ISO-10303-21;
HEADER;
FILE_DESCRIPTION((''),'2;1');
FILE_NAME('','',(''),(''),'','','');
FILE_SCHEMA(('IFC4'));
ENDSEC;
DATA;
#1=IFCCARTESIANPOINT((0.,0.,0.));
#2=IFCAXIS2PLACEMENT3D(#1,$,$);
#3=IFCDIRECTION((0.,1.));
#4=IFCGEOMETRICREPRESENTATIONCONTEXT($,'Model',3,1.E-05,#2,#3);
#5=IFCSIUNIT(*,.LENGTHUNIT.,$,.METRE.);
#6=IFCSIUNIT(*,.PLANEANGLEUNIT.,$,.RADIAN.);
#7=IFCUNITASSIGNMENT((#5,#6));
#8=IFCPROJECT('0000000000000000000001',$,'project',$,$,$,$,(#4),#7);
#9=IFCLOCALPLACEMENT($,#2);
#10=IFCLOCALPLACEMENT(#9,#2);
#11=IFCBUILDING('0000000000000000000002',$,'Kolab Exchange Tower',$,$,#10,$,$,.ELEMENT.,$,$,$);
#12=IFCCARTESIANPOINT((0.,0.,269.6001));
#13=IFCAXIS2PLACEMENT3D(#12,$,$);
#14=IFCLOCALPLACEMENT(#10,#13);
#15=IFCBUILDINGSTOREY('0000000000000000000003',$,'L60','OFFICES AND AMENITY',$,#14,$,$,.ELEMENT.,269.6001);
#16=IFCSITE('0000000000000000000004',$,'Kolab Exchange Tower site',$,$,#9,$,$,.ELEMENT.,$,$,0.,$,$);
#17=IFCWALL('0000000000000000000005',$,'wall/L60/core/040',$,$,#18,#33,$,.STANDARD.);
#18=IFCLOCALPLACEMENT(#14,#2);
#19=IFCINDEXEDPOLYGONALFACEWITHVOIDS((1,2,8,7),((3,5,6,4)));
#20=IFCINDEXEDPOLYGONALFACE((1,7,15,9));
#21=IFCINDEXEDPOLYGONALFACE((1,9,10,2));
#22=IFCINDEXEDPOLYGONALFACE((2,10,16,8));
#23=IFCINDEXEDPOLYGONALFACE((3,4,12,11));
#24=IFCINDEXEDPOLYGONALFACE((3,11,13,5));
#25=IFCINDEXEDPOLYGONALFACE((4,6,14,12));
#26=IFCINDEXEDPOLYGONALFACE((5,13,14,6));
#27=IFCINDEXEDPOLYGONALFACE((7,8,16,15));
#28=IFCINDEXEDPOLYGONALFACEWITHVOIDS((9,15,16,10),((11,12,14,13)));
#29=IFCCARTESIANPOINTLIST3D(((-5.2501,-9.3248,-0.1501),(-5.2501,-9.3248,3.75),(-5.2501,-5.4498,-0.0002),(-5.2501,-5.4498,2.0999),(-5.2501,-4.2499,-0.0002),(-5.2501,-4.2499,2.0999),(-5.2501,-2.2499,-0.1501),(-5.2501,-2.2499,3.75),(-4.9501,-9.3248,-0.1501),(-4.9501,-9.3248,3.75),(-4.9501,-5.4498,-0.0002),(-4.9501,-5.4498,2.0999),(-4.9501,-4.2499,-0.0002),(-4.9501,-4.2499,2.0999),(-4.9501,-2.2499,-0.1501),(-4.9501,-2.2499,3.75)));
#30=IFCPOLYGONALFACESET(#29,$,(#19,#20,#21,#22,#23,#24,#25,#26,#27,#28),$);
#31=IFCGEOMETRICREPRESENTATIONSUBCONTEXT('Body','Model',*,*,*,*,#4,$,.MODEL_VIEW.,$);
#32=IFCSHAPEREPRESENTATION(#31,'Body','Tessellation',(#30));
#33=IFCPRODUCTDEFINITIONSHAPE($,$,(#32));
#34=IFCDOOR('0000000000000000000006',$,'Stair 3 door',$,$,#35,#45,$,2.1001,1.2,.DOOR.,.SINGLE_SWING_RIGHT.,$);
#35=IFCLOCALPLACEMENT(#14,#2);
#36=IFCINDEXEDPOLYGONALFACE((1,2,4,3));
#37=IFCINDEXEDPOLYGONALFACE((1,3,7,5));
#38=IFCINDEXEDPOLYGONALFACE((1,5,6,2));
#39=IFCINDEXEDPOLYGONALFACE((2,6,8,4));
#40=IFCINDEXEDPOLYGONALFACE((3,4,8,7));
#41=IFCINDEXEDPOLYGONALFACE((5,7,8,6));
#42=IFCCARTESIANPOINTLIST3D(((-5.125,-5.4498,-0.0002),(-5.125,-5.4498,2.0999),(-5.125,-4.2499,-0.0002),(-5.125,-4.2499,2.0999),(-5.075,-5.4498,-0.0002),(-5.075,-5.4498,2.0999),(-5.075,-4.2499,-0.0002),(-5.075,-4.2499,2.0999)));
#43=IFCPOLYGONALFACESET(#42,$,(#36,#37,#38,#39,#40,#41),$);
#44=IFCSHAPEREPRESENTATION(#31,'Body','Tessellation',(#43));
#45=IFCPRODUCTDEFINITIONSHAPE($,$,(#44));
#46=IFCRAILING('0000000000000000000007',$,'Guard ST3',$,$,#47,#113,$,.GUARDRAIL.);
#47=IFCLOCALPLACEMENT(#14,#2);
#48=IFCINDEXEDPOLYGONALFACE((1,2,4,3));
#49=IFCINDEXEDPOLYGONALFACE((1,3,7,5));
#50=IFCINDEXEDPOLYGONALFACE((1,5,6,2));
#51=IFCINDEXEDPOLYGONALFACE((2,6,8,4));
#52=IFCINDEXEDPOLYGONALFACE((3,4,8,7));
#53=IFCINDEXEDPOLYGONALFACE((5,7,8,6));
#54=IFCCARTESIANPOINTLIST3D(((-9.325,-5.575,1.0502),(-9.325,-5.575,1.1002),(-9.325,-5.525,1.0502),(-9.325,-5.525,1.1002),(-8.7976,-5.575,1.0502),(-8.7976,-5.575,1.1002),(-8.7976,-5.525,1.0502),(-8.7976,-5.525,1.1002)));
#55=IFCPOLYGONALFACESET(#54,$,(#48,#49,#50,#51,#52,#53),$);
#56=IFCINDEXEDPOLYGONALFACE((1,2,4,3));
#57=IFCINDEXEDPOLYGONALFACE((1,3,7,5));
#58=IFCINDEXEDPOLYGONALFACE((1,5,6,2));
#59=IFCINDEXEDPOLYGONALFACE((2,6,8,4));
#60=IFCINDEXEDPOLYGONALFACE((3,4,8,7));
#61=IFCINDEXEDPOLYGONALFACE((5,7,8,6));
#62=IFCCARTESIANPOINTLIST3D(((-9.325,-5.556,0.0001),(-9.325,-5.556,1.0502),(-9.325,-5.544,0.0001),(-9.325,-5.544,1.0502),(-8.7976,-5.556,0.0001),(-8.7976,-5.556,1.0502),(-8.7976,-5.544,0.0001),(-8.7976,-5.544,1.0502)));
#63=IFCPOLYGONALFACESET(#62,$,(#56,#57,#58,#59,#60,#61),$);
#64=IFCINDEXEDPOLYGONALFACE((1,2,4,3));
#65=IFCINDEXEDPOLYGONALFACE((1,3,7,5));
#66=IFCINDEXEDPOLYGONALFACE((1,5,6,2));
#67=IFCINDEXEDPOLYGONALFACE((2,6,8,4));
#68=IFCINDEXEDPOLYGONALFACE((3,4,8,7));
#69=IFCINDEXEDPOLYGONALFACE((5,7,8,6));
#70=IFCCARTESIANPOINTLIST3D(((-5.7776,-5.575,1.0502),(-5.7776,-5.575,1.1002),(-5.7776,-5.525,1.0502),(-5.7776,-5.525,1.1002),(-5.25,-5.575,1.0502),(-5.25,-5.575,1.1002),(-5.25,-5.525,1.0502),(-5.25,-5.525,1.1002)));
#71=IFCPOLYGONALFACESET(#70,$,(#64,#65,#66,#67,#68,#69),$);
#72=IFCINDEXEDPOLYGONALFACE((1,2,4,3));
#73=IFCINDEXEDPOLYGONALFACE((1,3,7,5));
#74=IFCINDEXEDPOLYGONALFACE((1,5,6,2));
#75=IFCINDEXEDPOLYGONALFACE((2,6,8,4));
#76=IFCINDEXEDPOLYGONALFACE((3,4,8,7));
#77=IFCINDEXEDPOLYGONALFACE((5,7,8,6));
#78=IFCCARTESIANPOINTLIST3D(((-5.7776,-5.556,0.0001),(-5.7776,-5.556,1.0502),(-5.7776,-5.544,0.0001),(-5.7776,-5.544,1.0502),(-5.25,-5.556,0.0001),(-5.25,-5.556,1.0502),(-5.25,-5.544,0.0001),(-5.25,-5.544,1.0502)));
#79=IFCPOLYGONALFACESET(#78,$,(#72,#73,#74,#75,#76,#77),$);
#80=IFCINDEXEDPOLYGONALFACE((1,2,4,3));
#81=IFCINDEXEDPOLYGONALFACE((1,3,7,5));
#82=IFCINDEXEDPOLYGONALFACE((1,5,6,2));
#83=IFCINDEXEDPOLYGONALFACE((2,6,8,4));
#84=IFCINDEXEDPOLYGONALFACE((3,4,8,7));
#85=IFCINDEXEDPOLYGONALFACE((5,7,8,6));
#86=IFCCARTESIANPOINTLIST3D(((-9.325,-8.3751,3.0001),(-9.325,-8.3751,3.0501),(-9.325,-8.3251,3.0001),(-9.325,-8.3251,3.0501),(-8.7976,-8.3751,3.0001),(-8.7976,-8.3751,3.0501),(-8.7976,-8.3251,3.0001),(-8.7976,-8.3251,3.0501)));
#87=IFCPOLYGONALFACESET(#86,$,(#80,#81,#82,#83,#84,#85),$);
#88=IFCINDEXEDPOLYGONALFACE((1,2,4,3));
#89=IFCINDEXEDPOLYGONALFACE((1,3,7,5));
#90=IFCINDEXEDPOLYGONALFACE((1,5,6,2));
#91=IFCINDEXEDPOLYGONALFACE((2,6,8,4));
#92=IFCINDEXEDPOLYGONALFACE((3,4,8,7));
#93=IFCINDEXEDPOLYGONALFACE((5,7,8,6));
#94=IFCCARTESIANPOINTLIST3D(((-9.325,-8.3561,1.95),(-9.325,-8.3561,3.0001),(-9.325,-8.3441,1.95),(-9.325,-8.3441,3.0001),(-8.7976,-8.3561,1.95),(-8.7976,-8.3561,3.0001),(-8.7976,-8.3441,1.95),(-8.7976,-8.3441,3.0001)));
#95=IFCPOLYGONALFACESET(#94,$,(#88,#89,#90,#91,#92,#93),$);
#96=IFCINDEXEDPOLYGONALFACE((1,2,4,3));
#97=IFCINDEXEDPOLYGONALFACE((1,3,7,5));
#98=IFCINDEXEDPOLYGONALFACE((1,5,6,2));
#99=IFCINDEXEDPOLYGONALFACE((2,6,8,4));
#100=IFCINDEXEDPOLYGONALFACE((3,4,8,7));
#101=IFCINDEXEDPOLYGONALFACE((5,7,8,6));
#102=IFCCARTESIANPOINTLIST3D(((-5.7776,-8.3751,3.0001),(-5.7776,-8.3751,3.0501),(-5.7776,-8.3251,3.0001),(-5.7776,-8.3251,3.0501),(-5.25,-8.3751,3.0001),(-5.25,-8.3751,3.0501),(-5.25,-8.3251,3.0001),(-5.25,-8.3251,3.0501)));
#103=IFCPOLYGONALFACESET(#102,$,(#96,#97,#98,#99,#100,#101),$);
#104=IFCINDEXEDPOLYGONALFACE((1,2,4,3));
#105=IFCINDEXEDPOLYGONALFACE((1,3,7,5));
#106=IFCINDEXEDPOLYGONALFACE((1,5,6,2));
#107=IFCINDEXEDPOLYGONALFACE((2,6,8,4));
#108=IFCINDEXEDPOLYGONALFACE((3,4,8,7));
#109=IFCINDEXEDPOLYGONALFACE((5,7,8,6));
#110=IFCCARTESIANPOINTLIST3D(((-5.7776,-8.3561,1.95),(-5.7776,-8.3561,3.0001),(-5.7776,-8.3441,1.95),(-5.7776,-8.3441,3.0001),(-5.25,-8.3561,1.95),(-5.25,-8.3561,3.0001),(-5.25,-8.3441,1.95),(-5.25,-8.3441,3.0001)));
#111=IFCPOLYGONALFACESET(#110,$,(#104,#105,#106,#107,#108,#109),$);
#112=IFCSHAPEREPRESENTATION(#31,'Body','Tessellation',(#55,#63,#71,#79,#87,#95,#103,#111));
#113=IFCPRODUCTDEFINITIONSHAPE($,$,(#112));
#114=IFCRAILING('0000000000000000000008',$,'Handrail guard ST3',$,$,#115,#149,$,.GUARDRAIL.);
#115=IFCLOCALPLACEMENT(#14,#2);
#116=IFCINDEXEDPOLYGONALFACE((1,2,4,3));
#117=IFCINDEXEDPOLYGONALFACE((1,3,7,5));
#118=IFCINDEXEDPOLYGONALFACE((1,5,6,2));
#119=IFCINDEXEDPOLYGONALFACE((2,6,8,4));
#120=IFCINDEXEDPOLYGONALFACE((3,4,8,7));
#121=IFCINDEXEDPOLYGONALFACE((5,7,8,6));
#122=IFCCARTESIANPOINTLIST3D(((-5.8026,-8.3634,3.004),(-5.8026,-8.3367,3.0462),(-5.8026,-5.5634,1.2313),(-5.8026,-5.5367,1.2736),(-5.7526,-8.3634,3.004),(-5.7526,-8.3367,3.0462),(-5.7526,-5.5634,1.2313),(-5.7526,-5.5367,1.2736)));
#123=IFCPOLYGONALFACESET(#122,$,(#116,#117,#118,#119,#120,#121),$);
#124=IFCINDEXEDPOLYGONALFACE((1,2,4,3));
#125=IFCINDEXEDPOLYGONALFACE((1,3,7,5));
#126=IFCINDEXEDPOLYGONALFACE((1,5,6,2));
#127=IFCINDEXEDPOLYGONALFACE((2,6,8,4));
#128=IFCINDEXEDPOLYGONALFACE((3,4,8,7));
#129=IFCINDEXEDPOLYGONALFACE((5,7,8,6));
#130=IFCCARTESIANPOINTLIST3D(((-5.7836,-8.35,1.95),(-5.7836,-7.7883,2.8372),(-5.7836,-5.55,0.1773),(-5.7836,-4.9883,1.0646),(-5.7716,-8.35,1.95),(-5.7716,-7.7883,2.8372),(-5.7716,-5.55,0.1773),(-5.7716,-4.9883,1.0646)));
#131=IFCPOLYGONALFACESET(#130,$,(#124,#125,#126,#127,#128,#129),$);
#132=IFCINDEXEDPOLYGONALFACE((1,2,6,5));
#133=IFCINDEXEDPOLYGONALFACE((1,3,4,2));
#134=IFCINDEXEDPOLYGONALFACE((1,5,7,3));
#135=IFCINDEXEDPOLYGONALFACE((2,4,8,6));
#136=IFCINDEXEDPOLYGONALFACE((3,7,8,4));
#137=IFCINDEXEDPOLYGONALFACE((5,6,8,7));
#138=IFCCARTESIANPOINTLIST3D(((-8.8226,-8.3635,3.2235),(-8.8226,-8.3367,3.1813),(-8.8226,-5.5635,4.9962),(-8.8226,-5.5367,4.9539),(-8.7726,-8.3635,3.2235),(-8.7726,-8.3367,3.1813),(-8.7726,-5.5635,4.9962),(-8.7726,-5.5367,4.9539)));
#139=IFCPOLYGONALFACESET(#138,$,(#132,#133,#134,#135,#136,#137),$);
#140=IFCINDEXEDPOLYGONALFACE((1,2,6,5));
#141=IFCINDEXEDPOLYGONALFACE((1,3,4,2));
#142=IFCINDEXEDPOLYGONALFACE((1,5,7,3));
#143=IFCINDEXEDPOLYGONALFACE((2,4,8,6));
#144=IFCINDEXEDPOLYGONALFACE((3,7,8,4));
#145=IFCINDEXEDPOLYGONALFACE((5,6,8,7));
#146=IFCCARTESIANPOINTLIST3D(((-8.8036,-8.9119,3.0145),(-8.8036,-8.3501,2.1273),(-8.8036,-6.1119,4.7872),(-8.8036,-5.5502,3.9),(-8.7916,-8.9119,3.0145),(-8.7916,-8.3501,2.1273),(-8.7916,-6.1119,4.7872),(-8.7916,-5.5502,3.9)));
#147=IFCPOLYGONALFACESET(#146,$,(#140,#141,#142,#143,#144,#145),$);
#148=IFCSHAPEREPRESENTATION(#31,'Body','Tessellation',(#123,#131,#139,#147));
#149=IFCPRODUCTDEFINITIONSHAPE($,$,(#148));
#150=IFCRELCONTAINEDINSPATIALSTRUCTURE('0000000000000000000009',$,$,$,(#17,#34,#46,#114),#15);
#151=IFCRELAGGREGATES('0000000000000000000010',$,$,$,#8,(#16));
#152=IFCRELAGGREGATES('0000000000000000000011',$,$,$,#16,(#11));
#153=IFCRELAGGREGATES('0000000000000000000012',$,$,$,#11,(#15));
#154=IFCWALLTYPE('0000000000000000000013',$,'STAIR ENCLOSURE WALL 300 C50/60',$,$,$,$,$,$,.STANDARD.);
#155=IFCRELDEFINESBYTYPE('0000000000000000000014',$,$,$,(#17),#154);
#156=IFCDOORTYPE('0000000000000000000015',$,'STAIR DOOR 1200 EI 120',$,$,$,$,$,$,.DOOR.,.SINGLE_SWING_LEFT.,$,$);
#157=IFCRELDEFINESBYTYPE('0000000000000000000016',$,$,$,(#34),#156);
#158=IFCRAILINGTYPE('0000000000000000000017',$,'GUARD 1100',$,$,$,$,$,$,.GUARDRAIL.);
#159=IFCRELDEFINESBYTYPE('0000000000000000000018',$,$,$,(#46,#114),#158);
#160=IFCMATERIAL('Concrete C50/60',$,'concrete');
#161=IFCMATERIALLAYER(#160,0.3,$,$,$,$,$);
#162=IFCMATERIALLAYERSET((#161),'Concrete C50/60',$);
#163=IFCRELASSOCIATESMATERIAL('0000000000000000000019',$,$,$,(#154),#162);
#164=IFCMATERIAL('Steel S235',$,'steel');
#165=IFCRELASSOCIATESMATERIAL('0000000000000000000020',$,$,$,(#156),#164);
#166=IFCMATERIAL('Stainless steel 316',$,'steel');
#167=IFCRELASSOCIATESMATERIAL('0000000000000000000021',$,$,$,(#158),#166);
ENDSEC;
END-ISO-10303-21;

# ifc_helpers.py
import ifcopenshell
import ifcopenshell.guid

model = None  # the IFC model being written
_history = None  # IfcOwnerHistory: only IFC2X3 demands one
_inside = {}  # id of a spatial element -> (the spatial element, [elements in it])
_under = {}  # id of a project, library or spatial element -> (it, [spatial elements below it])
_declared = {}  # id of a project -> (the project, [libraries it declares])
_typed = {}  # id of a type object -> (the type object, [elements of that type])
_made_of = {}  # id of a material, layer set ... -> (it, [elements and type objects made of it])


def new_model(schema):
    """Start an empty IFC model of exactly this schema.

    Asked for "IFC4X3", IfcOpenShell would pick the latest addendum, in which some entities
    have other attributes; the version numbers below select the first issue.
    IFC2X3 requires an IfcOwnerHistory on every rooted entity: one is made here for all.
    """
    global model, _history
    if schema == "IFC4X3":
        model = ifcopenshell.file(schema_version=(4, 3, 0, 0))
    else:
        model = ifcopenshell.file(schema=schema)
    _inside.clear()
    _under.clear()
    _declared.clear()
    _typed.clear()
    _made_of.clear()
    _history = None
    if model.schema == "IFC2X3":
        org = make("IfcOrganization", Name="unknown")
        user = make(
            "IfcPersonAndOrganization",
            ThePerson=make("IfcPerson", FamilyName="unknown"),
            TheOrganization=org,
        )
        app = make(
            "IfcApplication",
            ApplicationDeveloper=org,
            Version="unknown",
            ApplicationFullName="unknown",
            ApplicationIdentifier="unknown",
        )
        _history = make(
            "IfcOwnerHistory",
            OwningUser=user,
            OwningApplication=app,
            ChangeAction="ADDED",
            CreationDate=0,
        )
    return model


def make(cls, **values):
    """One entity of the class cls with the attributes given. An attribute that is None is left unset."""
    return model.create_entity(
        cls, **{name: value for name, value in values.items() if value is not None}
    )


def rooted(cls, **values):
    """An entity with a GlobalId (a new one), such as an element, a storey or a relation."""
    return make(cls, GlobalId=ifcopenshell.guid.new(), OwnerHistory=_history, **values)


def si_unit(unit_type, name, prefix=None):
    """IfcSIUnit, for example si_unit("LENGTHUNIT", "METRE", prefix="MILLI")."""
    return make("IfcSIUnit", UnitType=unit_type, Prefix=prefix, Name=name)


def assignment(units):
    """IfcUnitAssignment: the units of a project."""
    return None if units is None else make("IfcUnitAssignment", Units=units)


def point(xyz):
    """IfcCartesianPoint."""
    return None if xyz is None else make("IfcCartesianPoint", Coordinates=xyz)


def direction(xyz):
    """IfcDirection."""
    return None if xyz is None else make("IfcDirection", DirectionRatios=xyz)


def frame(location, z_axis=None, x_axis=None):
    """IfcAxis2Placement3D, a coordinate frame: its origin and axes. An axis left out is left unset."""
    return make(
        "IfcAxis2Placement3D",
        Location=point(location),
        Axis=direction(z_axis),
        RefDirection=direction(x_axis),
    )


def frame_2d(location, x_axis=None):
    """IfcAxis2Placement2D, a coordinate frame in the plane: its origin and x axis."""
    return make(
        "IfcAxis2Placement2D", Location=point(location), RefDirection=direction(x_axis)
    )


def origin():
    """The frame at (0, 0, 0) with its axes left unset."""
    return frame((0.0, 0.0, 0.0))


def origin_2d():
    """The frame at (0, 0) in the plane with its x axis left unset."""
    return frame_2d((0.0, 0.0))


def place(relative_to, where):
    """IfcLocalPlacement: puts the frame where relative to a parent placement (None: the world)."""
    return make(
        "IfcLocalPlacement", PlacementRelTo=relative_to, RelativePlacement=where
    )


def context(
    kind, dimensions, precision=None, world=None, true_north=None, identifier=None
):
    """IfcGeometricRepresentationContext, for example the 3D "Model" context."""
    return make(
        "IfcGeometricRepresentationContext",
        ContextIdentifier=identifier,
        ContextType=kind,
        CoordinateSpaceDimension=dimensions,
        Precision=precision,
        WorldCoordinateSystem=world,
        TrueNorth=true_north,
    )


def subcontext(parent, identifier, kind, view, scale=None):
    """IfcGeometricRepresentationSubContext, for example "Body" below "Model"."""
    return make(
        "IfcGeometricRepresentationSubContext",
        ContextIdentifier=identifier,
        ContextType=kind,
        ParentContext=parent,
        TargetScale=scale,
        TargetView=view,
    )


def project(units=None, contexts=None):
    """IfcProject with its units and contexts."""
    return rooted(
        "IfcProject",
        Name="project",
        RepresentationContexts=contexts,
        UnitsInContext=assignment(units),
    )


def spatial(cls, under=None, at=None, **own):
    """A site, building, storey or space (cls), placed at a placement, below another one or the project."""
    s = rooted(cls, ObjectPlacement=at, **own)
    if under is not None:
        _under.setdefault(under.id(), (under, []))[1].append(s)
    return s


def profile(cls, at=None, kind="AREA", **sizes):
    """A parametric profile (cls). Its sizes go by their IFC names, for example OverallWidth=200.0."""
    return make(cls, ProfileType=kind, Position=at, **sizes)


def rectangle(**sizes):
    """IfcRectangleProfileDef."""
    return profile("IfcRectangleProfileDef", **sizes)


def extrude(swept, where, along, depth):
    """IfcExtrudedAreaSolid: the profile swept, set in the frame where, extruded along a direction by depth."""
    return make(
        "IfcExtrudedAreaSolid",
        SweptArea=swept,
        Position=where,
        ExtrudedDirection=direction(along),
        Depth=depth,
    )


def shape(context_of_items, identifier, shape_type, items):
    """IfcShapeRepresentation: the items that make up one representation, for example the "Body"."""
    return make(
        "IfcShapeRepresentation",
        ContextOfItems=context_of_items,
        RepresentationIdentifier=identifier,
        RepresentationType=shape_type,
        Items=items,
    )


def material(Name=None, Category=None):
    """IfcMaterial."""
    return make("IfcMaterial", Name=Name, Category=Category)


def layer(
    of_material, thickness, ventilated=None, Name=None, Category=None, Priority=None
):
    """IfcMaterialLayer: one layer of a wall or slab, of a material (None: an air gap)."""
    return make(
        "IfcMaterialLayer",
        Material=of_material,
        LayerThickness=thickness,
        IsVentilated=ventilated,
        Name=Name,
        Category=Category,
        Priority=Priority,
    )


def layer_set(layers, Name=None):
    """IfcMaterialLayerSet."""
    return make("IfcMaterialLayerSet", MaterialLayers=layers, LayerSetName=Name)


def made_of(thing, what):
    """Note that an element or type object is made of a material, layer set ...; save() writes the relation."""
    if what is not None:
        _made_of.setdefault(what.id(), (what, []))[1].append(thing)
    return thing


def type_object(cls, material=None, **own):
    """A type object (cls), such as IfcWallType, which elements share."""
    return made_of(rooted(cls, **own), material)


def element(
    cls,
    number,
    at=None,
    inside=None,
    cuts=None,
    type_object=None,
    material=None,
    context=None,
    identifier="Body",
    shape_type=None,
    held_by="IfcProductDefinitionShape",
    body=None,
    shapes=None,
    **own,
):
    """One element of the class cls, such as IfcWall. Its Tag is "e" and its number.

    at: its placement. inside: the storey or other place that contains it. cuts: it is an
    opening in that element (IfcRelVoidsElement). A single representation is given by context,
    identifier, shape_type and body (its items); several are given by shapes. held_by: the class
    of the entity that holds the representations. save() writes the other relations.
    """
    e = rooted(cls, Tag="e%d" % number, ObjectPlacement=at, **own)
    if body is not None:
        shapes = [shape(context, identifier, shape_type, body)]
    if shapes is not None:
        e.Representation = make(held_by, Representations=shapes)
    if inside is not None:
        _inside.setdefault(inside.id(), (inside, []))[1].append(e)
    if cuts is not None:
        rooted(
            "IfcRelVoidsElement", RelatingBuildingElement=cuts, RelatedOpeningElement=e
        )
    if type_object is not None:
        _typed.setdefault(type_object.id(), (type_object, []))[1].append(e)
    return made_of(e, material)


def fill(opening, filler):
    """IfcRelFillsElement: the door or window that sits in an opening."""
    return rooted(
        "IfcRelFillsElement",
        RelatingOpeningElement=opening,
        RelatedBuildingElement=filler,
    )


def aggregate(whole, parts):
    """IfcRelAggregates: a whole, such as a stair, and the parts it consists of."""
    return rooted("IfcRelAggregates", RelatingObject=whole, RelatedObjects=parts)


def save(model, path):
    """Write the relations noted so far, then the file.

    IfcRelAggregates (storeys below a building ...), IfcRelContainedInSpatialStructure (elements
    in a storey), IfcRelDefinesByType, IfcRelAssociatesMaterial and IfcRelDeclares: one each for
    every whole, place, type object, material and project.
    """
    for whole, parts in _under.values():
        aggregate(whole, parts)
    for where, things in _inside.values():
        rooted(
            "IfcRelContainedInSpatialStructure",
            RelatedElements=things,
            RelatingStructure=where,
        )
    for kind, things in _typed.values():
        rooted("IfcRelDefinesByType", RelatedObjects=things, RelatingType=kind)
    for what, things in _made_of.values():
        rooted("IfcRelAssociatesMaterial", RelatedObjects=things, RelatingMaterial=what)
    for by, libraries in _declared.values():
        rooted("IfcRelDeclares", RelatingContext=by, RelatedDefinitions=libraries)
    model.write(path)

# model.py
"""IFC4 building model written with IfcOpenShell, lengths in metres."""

from ifc_helpers import new_model, si_unit, direction, frame, frame_2d, origin, origin_2d, place, context, subcontext, project, spatial, rectangle, extrude, material, layer, layer_set, type_object, element, fill, save


model = new_model("IFC4")

# Units and contexts
model_context = context("Model", 3, precision=1e-05, world=origin(), true_north=direction((0.0, 1.0)))
body_context = subcontext(model_context, "Body", "Model", "MODEL_VIEW")
ifc_project = project(units=[si_unit("LENGTHUNIT", "METRE"), si_unit("PLANEANGLEUNIT", "RADIAN")], contexts=[model_context])

# Site, building, storey
site_placement = place(None, origin())
site = spatial("IfcSite", under=ifc_project, at=site_placement, Name="Kolab Exchange Tower site", CompositionType="ELEMENT", RefElevation=0.0)
building_placement = place(site_placement, origin())
building = spatial("IfcBuilding", under=site, at=building_placement, Name="Kolab Exchange Tower", CompositionType="ELEMENT")
storey_placement = place(building_placement, frame((0.0, 0.0, 269.6001)))
storey = spatial("IfcBuildingStorey", under=building, at=storey_placement, Name="L60", Description="OFFICES AND AMENITY", CompositionType="ELEMENT", Elevation=269.6001)

# Shared definitions
ifc_material_1 = material(Name="Concrete C50/60", Category="concrete")
ifc_material_2 = material(Name="Steel S235", Category="steel")
ifc_material_3 = material(Name="Stainless steel 316", Category="steel")

# Shared definitions
ifc_layer_1 = layer(ifc_material_1, 0.3)
ifc_layer_set_1 = layer_set([ifc_layer_1], Name="Concrete C50/60")
wall_type_1 = type_object("IfcWallType", Name="STAIR ENCLOSURE WALL 300 C50/60", PredefinedType="STANDARD", material=ifc_layer_set_1)

# Wall, opening, door
wall_1_placement = place(storey_placement, frame((-5.1001, -9.325, -0.1501), z_axis=(0.0, 0.0, 1.0), x_axis=(0.0, 1.0, 0.0)))
wall_1 = element("IfcWall", 1, at=wall_1_placement, inside=storey, type_object=wall_type_1, Name="wall/L60/core/040", PredefinedType="STANDARD", context=body_context, shape_type="SweptSolid", body=[
    extrude(rectangle(XDim=7.075, YDim=0.3, at=frame_2d((3.5376, 0.0))), origin(), (0.0, 0.0, 1.0), 3.9001),
])
opening_1_placement = place(wall_1_placement, frame((3.875, 0.0, 0.1499)))
opening_1 = element("IfcOpeningElement", 2, at=opening_1_placement, cuts=wall_1, PredefinedType="OPENING", context=body_context, shape_type="SweptSolid", body=[
    extrude(rectangle(XDim=1.2, YDim=2.1001, at=frame_2d((0.6001, 1.05))), frame((0.0, 0.1602, 0.0), z_axis=(0.0, -1.0, 0.0), x_axis=(1.0, 0.0, 0.0)), (0.0, 0.0, 1.0), 0.3201),
])
door_type_1 = type_object("IfcDoorType", Name="STAIR DOOR 1200 EI 120", OperationType="SINGLE_SWING_LEFT", PredefinedType="DOOR", material=ifc_material_2)
door_1_placement = place(opening_1_placement, origin())
door_1 = element("IfcDoor", 3, at=door_1_placement, inside=storey, type_object=door_type_1, Name="Stair 3 door", OperationType="SINGLE_SWING_RIGHT", OverallHeight=2.1001, OverallWidth=1.2, PredefinedType="DOOR", context=body_context, shape_type="SweptSolid", body=[
    extrude(rectangle(XDim=1.2, YDim=2.1001, at=frame_2d((0.6001, 1.05))), frame((0.0, 0.0249, 0.0), z_axis=(0.0, -1.0, 0.0), x_axis=(1.0, 0.0, 0.0)), (0.0, 0.0, 1.0), 0.05),
])
fill(opening_1, door_1)

# Railings
railing_type = type_object("IfcRailingType", Name="GUARD 1100", PredefinedType="GUARDRAIL", material=ifc_material_3)
railing_1_placement = place(storey_placement, frame((-9.325, -5.55, 0.0)))
element("IfcRailing", 4, at=railing_1_placement, inside=storey, type_object=railing_type, Name="Guard ST3", PredefinedType="GUARDRAIL", context=body_context, shape_type="SweptSolid", body=[
    extrude(rectangle(XDim=0.05, YDim=0.05, at=origin_2d()), frame((0.0, 0.0, 1.0752), z_axis=(1.0, 0.0, 0.0), x_axis=(0.0, 1.0, 0.0)), (0.0, 0.0, 1.0), 0.5273),
    extrude(rectangle(XDim=0.012, YDim=1.0501, at=frame_2d((0.0, 0.5251))), frame((0.0, 0.0, 0.0), z_axis=(1.0, 0.0, 0.0), x_axis=(0.0, 1.0, 0.0)), (0.0, 0.0, 1.0), 0.5273),
    extrude(rectangle(XDim=0.05, YDim=0.05, at=origin_2d()), frame((3.5474, 0.0, 1.0752), z_axis=(1.0, 0.0, 0.0), x_axis=(0.0, 1.0, 0.0)), (0.0, 0.0, 1.0), 0.5276),
    extrude(rectangle(XDim=0.012, YDim=1.0501, at=frame_2d((0.0, 0.5251))), frame((3.5474, 0.0, 0.0), z_axis=(1.0, 0.0, 0.0), x_axis=(0.0, 1.0, 0.0)), (0.0, 0.0, 1.0), 0.5276),
    extrude(rectangle(XDim=0.05, YDim=0.05, at=origin_2d()), frame((0.0, -2.8, 3.0251), z_axis=(1.0, 0.0, 0.0), x_axis=(0.0, 1.0, 0.0)), (0.0, 0.0, 1.0), 0.5273),
    extrude(rectangle(XDim=0.012, YDim=1.0501, at=frame_2d((0.0, 0.5251))), frame((0.0, -2.8, 1.95), z_axis=(1.0, 0.0, 0.0), x_axis=(0.0, 1.0, 0.0)), (0.0, 0.0, 1.0), 0.5273),
    extrude(rectangle(XDim=0.05, YDim=0.05, at=origin_2d()), frame((3.5474, -2.8, 3.0251), z_axis=(1.0, 0.0, 0.0), x_axis=(0.0, 1.0, 0.0)), (0.0, 0.0, 1.0), 0.5276),
    extrude(rectangle(XDim=0.012, YDim=1.0501, at=frame_2d((0.0, 0.5251))), frame((3.5474, -2.8, 1.95), z_axis=(1.0, 0.0, 0.0), x_axis=(0.0, 1.0, 0.0)), (0.0, 0.0, 1.0), 0.5276),
])
railing_2_placement = place(storey_placement, frame((-5.7776, -5.55, 0.1772)))
element("IfcRailing", 5, at=railing_2_placement, inside=storey, type_object=railing_type, Name="Handrail guard ST3", PredefinedType="GUARDRAIL", context=body_context, shape_type="SweptSolid", body=[
    extrude(rectangle(XDim=0.05, YDim=0.05, at=origin_2d()), frame((0.0, 0.0, 1.0752), z_axis=(0.0, -0.844909, 0.53491), x_axis=(1.0, 0.0, 0.0)), (0.0, 0.0, 1.0), 3.314),
    extrude(rectangle(XDim=0.012, YDim=1.0501, at=frame_2d((0.0, 0.5251))), frame((0.0, 0.0, 0.0), z_axis=(0.0, -0.844909, 0.53491), x_axis=(1.0, 0.0, 0.0)), (0.0, 0.0, 1.0), 3.314),
    extrude(rectangle(XDim=0.05, YDim=0.05, at=origin_2d()), frame((-3.02, -2.8, 3.0251), z_axis=(0.0, 0.844909, 0.53491), x_axis=(-1.0, 0.0, 0.0)), (0.0, 0.0, 1.0), 3.314),
    extrude(rectangle(XDim=0.012, YDim=1.0501, at=frame_2d((0.0, 0.5251))), frame((-3.02, -2.8, 1.95), z_axis=(0.0, 0.844909, 0.53491), x_axis=(-1.0, 0.0, 0.0)), (0.0, 0.0, 1.0), 3.314),
])

save(model, "model.ifc")
